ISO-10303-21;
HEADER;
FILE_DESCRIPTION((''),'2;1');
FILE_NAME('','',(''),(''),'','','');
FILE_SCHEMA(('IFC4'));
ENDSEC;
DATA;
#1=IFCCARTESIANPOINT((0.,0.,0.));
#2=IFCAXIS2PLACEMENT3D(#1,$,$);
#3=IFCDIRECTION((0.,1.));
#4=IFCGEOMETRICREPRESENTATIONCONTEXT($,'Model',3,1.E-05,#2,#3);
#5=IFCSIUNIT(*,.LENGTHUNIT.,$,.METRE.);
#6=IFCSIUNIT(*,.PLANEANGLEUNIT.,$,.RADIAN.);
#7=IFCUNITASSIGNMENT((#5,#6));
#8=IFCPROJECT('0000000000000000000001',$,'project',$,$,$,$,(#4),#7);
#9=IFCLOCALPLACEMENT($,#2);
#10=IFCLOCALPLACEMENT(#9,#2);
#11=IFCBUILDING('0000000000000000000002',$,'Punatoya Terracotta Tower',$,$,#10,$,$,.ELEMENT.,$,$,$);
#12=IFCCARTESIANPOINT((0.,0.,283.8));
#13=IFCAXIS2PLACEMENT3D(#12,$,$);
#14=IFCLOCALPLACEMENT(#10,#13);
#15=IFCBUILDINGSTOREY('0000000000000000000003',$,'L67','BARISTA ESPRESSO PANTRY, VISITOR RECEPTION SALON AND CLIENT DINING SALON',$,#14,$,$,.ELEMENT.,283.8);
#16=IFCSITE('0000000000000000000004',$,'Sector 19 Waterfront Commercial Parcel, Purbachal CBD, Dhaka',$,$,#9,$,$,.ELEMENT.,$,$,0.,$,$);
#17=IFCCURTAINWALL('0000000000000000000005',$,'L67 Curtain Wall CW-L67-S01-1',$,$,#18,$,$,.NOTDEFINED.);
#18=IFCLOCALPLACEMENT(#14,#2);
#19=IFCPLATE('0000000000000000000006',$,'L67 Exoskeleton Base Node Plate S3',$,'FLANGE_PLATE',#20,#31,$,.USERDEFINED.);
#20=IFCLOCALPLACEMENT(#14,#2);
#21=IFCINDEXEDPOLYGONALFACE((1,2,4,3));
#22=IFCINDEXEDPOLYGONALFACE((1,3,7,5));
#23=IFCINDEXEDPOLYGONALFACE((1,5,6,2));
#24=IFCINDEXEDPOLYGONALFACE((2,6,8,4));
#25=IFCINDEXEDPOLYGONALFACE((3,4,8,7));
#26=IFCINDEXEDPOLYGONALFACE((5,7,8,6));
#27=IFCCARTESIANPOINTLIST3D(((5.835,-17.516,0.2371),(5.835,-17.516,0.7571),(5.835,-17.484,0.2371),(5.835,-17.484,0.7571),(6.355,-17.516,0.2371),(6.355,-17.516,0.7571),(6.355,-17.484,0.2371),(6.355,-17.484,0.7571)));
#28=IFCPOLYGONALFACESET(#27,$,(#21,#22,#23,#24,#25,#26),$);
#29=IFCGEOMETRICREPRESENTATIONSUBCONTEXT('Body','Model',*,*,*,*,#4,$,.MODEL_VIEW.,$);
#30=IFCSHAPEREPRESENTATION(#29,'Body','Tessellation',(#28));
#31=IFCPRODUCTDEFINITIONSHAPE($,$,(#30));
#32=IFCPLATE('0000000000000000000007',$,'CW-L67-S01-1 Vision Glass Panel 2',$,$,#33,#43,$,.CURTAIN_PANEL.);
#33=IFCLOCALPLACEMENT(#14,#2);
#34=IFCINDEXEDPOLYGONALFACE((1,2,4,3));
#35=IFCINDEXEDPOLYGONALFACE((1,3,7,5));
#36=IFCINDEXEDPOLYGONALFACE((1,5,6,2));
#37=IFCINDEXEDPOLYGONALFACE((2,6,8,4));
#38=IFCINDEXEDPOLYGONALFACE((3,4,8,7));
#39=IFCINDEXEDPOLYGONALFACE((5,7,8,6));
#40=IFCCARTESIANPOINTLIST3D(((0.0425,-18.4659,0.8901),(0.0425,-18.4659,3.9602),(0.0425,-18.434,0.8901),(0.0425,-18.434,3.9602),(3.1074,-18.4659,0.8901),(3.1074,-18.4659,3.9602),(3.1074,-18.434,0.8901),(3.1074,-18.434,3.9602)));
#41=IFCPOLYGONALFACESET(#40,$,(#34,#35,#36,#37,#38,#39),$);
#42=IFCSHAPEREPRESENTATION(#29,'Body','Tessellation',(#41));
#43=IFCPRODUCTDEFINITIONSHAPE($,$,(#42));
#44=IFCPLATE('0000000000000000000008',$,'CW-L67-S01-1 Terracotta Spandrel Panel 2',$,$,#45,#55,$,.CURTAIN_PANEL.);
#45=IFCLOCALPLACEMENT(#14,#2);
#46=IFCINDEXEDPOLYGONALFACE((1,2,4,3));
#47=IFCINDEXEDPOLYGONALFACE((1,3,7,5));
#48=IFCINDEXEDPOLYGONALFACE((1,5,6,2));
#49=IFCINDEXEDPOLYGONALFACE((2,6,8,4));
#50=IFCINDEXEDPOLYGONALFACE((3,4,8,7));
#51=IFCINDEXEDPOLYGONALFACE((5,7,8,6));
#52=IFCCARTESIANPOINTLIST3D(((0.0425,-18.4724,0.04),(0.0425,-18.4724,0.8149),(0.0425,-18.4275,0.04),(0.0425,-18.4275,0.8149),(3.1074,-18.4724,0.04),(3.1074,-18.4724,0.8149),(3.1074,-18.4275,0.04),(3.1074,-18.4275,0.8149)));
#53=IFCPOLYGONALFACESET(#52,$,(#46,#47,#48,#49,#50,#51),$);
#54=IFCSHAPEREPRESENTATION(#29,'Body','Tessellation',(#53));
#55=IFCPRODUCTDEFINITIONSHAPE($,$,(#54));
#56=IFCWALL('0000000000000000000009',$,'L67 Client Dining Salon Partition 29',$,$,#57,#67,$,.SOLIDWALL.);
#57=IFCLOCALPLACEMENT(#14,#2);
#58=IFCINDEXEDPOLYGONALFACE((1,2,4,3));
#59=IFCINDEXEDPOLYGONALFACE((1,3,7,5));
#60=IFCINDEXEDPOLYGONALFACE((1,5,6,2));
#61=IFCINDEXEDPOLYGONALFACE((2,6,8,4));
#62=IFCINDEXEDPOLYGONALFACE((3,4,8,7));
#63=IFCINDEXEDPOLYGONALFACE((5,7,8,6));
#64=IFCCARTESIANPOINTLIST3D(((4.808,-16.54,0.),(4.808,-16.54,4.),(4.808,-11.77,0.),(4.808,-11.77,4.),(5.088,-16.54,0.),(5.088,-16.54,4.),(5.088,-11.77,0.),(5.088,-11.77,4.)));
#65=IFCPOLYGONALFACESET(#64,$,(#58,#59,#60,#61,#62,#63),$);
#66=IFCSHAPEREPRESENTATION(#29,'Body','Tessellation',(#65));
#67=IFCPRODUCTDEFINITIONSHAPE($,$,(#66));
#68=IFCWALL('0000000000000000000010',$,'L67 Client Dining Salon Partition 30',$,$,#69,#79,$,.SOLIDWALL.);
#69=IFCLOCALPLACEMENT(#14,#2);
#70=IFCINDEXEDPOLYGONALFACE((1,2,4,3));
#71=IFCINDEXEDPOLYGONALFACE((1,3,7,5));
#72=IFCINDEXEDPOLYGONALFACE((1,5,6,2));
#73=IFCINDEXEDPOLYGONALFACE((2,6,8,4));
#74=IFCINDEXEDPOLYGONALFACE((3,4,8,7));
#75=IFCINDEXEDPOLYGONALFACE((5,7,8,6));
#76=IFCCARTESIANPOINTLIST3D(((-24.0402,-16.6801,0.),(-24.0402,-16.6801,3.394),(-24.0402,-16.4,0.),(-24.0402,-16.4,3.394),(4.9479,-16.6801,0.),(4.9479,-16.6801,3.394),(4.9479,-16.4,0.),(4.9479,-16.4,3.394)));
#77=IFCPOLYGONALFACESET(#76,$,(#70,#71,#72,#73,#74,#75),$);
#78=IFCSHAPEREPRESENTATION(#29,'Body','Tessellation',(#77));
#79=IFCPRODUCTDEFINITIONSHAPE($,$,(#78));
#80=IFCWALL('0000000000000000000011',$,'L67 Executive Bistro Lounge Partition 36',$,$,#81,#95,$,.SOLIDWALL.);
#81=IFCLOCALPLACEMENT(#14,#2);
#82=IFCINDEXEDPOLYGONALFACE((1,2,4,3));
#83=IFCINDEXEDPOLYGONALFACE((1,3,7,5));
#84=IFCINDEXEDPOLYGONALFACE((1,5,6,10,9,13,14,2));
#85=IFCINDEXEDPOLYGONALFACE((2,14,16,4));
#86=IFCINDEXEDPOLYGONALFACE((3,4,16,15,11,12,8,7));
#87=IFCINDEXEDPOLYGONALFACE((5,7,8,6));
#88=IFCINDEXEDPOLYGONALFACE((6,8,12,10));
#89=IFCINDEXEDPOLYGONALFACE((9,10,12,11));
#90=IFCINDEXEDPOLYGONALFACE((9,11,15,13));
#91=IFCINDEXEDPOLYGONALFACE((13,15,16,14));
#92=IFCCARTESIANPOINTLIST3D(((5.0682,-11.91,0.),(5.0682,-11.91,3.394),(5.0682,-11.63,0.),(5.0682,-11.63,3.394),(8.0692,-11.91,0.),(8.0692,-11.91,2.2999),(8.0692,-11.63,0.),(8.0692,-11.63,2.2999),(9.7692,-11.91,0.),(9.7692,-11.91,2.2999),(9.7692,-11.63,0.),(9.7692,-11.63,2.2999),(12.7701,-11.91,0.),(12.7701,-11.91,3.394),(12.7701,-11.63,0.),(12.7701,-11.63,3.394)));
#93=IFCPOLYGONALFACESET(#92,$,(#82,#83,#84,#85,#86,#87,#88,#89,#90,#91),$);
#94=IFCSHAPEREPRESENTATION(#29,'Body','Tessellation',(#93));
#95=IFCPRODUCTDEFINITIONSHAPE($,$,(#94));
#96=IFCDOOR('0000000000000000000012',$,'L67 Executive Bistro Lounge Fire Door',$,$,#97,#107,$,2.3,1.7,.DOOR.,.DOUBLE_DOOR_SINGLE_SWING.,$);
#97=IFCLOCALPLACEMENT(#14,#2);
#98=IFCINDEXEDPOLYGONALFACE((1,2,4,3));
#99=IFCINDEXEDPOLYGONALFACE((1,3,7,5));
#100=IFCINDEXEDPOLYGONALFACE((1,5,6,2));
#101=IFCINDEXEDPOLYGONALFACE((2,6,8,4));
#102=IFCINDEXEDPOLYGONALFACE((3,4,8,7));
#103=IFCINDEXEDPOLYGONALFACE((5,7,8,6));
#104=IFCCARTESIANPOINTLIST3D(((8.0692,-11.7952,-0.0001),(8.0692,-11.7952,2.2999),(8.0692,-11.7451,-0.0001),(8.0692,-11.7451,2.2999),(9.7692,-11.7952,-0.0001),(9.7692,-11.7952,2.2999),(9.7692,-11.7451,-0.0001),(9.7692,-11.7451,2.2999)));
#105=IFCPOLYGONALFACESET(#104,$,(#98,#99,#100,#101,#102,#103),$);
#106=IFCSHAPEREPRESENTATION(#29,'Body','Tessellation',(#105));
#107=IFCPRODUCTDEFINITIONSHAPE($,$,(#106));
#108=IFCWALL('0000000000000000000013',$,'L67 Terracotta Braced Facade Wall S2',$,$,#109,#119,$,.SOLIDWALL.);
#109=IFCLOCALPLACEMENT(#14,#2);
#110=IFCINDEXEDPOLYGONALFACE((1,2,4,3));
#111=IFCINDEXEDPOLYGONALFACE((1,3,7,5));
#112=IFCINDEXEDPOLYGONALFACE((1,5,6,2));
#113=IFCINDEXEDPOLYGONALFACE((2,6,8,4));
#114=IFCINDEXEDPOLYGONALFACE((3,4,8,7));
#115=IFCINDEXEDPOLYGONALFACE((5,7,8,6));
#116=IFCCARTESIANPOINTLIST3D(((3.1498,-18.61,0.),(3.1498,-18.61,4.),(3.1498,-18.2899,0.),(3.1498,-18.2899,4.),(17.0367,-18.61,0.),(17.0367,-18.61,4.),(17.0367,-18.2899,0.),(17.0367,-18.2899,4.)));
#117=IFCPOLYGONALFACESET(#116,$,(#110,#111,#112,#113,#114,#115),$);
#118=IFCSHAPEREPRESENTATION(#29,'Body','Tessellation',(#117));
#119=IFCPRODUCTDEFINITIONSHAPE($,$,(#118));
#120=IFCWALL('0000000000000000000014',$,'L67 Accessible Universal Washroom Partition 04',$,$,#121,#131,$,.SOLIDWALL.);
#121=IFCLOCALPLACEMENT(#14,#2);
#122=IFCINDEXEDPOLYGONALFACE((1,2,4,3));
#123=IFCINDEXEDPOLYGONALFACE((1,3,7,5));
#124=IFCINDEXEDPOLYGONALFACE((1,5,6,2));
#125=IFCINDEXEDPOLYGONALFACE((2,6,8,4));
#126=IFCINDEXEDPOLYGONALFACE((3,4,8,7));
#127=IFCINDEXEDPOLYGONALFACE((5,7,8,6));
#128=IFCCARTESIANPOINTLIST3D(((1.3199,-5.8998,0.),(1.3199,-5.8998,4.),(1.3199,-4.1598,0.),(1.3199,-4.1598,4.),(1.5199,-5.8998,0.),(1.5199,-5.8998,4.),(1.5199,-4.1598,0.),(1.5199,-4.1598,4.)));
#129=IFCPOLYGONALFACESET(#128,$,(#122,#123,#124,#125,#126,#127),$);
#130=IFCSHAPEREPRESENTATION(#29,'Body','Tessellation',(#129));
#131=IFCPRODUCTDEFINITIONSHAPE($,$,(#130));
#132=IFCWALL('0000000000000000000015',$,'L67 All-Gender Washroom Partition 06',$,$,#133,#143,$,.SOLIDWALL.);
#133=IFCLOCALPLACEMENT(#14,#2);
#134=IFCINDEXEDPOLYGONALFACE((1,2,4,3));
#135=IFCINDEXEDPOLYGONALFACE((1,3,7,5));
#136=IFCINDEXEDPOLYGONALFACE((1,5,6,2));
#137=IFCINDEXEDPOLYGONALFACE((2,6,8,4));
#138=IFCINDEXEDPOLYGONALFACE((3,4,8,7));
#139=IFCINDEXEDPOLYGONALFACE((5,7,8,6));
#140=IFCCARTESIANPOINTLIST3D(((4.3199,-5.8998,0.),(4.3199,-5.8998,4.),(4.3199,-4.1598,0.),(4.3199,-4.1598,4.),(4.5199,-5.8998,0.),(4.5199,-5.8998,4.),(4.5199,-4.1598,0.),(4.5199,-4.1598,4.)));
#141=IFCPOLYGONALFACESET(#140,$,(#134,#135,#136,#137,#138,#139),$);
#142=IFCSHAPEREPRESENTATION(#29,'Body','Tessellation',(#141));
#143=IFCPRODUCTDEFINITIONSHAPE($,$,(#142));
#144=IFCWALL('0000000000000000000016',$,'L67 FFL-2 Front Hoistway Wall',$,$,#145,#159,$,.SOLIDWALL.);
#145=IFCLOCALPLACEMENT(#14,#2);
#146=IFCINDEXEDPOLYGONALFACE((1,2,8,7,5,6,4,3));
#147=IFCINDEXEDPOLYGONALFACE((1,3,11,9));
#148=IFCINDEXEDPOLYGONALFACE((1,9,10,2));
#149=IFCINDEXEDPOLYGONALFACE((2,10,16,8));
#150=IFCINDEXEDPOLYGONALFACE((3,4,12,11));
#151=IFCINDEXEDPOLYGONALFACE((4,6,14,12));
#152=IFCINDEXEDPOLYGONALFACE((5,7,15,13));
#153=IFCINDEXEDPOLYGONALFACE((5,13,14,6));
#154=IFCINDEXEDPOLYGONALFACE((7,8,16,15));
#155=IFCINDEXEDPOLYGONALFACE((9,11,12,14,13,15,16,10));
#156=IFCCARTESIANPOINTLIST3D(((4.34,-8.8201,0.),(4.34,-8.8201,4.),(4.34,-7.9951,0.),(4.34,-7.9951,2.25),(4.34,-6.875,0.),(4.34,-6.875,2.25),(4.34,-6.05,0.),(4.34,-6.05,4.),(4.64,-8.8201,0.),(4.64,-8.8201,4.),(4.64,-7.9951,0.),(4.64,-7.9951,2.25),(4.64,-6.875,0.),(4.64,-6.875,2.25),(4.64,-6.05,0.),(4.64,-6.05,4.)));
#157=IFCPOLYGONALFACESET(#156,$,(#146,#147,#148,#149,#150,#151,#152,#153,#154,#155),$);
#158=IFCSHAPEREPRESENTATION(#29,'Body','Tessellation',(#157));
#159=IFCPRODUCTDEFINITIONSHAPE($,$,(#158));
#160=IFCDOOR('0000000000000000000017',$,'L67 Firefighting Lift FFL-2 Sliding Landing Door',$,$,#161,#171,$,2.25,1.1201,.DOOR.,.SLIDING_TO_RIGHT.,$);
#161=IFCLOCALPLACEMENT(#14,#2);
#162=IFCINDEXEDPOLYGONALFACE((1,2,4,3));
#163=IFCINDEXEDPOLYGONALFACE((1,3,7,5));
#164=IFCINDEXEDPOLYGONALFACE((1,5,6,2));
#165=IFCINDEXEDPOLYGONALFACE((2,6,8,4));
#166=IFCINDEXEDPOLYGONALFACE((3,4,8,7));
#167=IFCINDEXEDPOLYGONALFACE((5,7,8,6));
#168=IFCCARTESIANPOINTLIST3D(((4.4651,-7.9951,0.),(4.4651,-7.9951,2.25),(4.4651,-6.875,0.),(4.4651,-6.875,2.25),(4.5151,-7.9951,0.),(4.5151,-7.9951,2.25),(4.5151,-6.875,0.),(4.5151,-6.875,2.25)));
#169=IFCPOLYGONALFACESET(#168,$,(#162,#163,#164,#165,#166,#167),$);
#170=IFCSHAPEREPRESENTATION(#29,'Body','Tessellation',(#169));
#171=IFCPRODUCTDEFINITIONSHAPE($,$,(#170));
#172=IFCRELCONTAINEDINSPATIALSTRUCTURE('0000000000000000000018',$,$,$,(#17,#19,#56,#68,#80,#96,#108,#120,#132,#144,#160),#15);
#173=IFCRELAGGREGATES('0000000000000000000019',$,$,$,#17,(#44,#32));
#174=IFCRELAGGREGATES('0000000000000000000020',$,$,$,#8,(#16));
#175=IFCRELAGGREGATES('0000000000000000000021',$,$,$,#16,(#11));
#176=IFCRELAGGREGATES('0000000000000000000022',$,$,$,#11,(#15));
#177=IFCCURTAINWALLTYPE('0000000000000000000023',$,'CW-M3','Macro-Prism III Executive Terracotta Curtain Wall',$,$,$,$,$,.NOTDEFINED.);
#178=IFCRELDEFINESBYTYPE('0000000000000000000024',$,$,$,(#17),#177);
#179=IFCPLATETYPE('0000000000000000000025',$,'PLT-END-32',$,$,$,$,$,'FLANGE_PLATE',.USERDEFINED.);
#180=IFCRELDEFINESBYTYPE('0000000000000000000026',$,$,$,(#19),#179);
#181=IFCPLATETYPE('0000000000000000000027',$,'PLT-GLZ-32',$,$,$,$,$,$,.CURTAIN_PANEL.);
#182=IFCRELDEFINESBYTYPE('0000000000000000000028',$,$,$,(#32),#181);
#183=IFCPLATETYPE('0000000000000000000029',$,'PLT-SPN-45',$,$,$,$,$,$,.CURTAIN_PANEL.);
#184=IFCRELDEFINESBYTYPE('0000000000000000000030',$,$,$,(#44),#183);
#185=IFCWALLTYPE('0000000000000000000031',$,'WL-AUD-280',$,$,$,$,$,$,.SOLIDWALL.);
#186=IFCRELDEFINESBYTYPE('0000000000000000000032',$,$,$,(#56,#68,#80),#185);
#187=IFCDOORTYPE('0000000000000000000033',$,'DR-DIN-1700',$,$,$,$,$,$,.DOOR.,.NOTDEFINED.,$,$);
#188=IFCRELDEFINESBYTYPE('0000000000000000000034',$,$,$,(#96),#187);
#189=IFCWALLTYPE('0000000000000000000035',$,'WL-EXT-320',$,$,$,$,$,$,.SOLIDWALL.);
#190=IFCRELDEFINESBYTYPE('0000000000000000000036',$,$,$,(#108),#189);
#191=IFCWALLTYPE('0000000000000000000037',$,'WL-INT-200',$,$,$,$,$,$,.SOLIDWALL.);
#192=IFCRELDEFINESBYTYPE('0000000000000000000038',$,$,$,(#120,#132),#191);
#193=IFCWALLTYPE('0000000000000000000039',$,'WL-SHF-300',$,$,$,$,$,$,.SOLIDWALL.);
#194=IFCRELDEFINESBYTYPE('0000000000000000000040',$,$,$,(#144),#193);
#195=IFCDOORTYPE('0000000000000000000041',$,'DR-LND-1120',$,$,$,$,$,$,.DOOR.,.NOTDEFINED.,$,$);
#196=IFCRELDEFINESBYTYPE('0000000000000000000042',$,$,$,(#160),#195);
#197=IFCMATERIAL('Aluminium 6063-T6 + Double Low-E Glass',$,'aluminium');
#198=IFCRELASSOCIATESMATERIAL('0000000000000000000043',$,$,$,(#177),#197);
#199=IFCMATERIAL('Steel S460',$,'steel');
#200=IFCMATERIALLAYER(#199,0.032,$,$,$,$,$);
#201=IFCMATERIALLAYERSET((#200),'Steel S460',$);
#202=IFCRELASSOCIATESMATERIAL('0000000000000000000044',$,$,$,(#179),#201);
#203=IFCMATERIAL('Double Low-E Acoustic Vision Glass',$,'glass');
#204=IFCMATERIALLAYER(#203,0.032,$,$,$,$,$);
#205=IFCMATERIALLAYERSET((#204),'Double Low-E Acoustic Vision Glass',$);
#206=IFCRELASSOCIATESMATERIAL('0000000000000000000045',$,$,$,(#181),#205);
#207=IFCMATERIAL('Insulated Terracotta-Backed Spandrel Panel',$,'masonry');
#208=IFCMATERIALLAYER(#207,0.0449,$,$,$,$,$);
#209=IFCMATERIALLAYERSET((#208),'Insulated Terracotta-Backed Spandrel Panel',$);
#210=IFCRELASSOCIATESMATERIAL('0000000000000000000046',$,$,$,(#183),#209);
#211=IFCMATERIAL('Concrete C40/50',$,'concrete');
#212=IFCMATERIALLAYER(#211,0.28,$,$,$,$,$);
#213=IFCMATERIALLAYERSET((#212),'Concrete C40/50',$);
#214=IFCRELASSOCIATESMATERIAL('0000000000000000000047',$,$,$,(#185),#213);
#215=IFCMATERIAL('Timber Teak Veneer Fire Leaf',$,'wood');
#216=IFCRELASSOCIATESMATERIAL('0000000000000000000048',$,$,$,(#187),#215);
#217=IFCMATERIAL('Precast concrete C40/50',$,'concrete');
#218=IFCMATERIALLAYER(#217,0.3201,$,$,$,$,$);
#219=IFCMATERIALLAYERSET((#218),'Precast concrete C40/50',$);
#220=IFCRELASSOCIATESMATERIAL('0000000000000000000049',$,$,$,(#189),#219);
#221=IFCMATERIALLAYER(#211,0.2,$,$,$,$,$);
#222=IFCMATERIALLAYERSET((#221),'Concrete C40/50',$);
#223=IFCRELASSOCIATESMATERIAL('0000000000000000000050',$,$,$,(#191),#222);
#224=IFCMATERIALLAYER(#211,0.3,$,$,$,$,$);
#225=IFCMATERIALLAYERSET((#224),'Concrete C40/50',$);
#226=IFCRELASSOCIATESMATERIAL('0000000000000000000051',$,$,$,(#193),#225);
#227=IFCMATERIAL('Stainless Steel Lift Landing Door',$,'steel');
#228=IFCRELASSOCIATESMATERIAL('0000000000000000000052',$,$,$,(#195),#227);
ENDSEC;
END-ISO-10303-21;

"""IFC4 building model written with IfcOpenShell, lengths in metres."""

from ifc_helpers import new_model, si_unit, direction, frame, frame_2d, origin, origin_2d, place, context, subcontext, project, spatial, rectangle, extrude, material, layer, layer_set, type_object, element, fill, aggregate, save


model = new_model("IFC4")

# Units and contexts
model_context = context("Model", 3, precision=1e-05, world=origin(), true_north=direction((0.0, 1.0)))
body_context = subcontext(model_context, "Body", "Model", "MODEL_VIEW")
ifc_project = project(units=[si_unit("LENGTHUNIT", "METRE"), si_unit("PLANEANGLEUNIT", "RADIAN")], contexts=[model_context])

# Site, building, storey
site_placement = place(None, origin())
site = spatial("IfcSite", under=ifc_project, at=site_placement, Name="Sector 19 Waterfront Commercial Parcel, Purbachal CBD, Dhaka", CompositionType="ELEMENT", RefElevation=0.0)
building_placement = place(site_placement, origin())
building = spatial("IfcBuilding", under=site, at=building_placement, Name="Punatoya Terracotta Tower", CompositionType="ELEMENT")
storey_placement = place(building_placement, frame((0.0, 0.0, 283.8)))
storey = spatial("IfcBuildingStorey", under=building, at=storey_placement, Name="L67", Description="BARISTA ESPRESSO PANTRY, VISITOR RECEPTION SALON AND CLIENT DINING SALON", CompositionType="ELEMENT", Elevation=283.8)

# Shared definitions
ifc_material_1 = material(Name="Steel S460", Category="steel")

# Curtain wall
ifc_material_2 = material(Name="Aluminium 6063-T6 + Double Low-E Glass", Category="aluminium")
curtain_wall_type = type_object("IfcCurtainWallType", Name="CW-M3", Description="Macro-Prism III Executive Terracotta Curtain Wall", PredefinedType="NOTDEFINED", material=ifc_material_2)
curtain_wall_placement = place(storey_placement, origin())
curtain_wall = element("IfcCurtainWall", 1, at=curtain_wall_placement, inside=storey, type_object=curtain_wall_type, Name="L67 Curtain Wall CW-L67-S01-1", PredefinedType="NOTDEFINED")

# Plates
ifc_layer_1 = layer(ifc_material_1, 0.032)
ifc_layer_set_1 = layer_set([ifc_layer_1], Name="Steel S460")
plate_type_1 = type_object("IfcPlateType", Name="PLT-END-32", ElementType="FLANGE_PLATE", PredefinedType="USERDEFINED", material=ifc_layer_set_1)
plate_1_placement = place(storey_placement, frame((6.095, -17.5, 0.2371), z_axis=(0.0, 0.0, 1.0), x_axis=(1.0, 0.0, 0.0)))
element("IfcPlate", 2, at=plate_1_placement, inside=storey, type_object=plate_type_1, Name="L67 Exoskeleton Base Node Plate S3", ObjectType="FLANGE_PLATE", PredefinedType="USERDEFINED", context=body_context, shape_type="SweptSolid", body=[
    extrude(rectangle(XDim=0.52, YDim=0.032, at=origin_2d()), origin(), (0.0, 0.0, 1.0), 0.52),
])
ifc_material_3 = material(Name="Double Low-E Acoustic Vision Glass", Category="glass")
ifc_layer_2 = layer(ifc_material_3, 0.032)
ifc_layer_set_2 = layer_set([ifc_layer_2], Name="Double Low-E Acoustic Vision Glass")
plate_type_2 = type_object("IfcPlateType", Name="PLT-GLZ-32", PredefinedType="CURTAIN_PANEL", material=ifc_layer_set_2)
plate_2_placement = place(storey_placement, frame((1.575, -18.45, 0.8901), z_axis=(0.0, 0.0, 1.0), x_axis=(1.0, 0.0, 0.0)))
plate_2 = element("IfcPlate", 3, at=plate_2_placement, type_object=plate_type_2, Name="CW-L67-S01-1 Vision Glass Panel 2", PredefinedType="CURTAIN_PANEL", context=body_context, shape_type="SweptSolid", body=[
    extrude(rectangle(XDim=3.0649, YDim=0.032, at=origin_2d()), origin(), (0.0, 0.0, 1.0), 3.0701),
])
ifc_material_4 = material(Name="Insulated Terracotta-Backed Spandrel Panel", Category="masonry")
ifc_layer_3 = layer(ifc_material_4, 0.0449)
ifc_layer_set_3 = layer_set([ifc_layer_3], Name="Insulated Terracotta-Backed Spandrel Panel")
plate_type_3 = type_object("IfcPlateType", Name="PLT-SPN-45", PredefinedType="CURTAIN_PANEL", material=ifc_layer_set_3)
plate_3_placement = place(storey_placement, frame((1.575, -18.45, 0.04), z_axis=(0.0, 0.0, 1.0), x_axis=(1.0, 0.0, 0.0)))
plate_3 = element("IfcPlate", 4, at=plate_3_placement, type_object=plate_type_3, Name="CW-L67-S01-1 Terracotta Spandrel Panel 2", PredefinedType="CURTAIN_PANEL", context=body_context, shape_type="SweptSolid", body=[
    extrude(rectangle(XDim=3.0649, YDim=0.0449, at=origin_2d()), origin(), (0.0, 0.0, 1.0), 0.7749),
])
aggregate(curtain_wall, [plate_3, plate_2])

# Walls
ifc_material_5 = material(Name="Concrete C40/50", Category="concrete")
ifc_layer_4 = layer(ifc_material_5, 0.28)
ifc_layer_set_4 = layer_set([ifc_layer_4], Name="Concrete C40/50")
wall_type_1 = type_object("IfcWallType", Name="WL-AUD-280", PredefinedType="SOLIDWALL", material=ifc_layer_set_4)
wall_1_placement = place(storey_placement, frame((4.948, -11.77, 0.0), z_axis=(0.0, 0.0, 1.0), x_axis=(0.0, -1.0, 0.0)))
element("IfcWall", 5, at=wall_1_placement, inside=storey, type_object=wall_type_1, Name="L67 Client Dining Salon Partition 29", PredefinedType="SOLIDWALL", context=body_context, shape_type="SweptSolid", body=[
    extrude(rectangle(XDim=4.77, YDim=0.28, at=frame_2d((2.385, 0.0))), origin(), (0.0, 0.0, 1.0), 4.0),
])
wall_2_placement = place(storey_placement, frame((4.948, -16.54, 0.0), z_axis=(0.0, 0.0, 1.0), x_axis=(-1.0, 0.0, 0.0)))
element("IfcWall", 6, at=wall_2_placement, inside=storey, type_object=wall_type_1, Name="L67 Client Dining Salon Partition 30", PredefinedType="SOLIDWALL", context=body_context, shape_type="SweptSolid", body=[
    extrude(rectangle(XDim=28.988, YDim=0.28, at=frame_2d((14.4941, 0.0))), origin(), (0.0, 0.0, 1.0), 3.394),
])

# Wall, opening, door
wall_3_placement = place(storey_placement, frame((5.0681, -11.77, 0.0), z_axis=(0.0, 0.0, 1.0), x_axis=(1.0, 0.0, 0.0)))
wall_3 = element("IfcWall", 7, at=wall_3_placement, inside=storey, type_object=wall_type_1, Name="L67 Executive Bistro Lounge Partition 36", PredefinedType="SOLIDWALL", context=body_context, shape_type="SweptSolid", body=[
    extrude(rectangle(XDim=7.7019, YDim=0.28, at=frame_2d((3.8511, 0.0))), origin(), (0.0, 0.0, 1.0), 3.394),
])
opening_1_placement = place(wall_3_placement, frame((3.001, 0.0, 0.0)))
opening_1 = element("IfcOpeningElement", 8, at=opening_1_placement, cuts=wall_3, PredefinedType="OPENING", context=body_context, shape_type="SweptSolid", body=[
    extrude(rectangle(XDim=1.7, YDim=2.3, at=frame_2d((0.8501, 1.1499))), frame((0.0, 0.1499, 0.0), z_axis=(0.0, -1.0, 0.0), x_axis=(1.0, 0.0, 0.0)), (0.0, 0.0, 1.0), 0.3),
])
ifc_material_6 = material(Name="Timber Teak Veneer Fire Leaf", Category="wood")
door_type_1 = type_object("IfcDoorType", Name="DR-DIN-1700", OperationType="NOTDEFINED", PredefinedType="DOOR", material=ifc_material_6)
door_1_placement = place(opening_1_placement, origin())
door_1 = element("IfcDoor", 9, at=door_1_placement, inside=storey, type_object=door_type_1, Name="L67 Executive Bistro Lounge Fire Door", OperationType="DOUBLE_DOOR_SINGLE_SWING", OverallHeight=2.3, OverallWidth=1.7, PredefinedType="DOOR", context=body_context, shape_type="SweptSolid", body=[
    extrude(rectangle(XDim=1.7, YDim=2.3, at=frame_2d((0.8501, 1.1499))), frame((0.0, 0.0249, 0.0), z_axis=(0.0, -1.0, 0.0), x_axis=(1.0, 0.0, 0.0)), (0.0, 0.0, 1.0), 0.05),
])
fill(opening_1, door_1)

# Walls
ifc_material_7 = material(Name="Precast concrete C40/50", Category="concrete")
ifc_layer_5 = layer(ifc_material_7, 0.3201)
ifc_layer_set_5 = layer_set([ifc_layer_5], Name="Precast concrete C40/50")
wall_type_2 = type_object("IfcWallType", Name="WL-EXT-320", PredefinedType="SOLIDWALL", material=ifc_layer_set_5)
wall_4_placement = place(storey_placement, frame((3.1499, -18.45, 0.0), z_axis=(0.0, 0.0, 1.0), x_axis=(1.0, 0.0, 0.0)))
element("IfcWall", 10, at=wall_4_placement, inside=storey, type_object=wall_type_2, Name="L67 Terracotta Braced Facade Wall S2", PredefinedType="SOLIDWALL", context=body_context, shape_type="SweptSolid", body=[
    extrude(rectangle(XDim=13.887, YDim=0.3201, at=frame_2d((6.9434, 0.0))), origin(), (0.0, 0.0, 1.0), 4.0),
])
ifc_layer_6 = layer(ifc_material_5, 0.2)
ifc_layer_set_6 = layer_set([ifc_layer_6], Name="Concrete C40/50")
wall_type_3 = type_object("IfcWallType", Name="WL-INT-200", PredefinedType="SOLIDWALL", material=ifc_layer_set_6)
wall_5_placement = place(storey_placement, frame((1.4199, -5.8999, 0.0), z_axis=(0.0, 0.0, 1.0), x_axis=(0.0, 1.0, 0.0)))
element("IfcWall", 11, at=wall_5_placement, inside=storey, type_object=wall_type_3, Name="L67 Accessible Universal Washroom Partition 04", PredefinedType="SOLIDWALL", context=body_context, shape_type="SweptSolid", body=[
    extrude(rectangle(XDim=1.74, YDim=0.2, at=frame_2d((0.8701, 0.0))), origin(), (0.0, 0.0, 1.0), 4.0),
])

# Wall
wall_6_placement = place(storey_placement, frame((4.4199, -5.8999, 0.0), z_axis=(0.0, 0.0, 1.0), x_axis=(0.0, 1.0, 0.0)))
element("IfcWall", 12, at=wall_6_placement, inside=storey, type_object=wall_type_3, Name="L67 All-Gender Washroom Partition 06", PredefinedType="SOLIDWALL", context=body_context, shape_type="SweptSolid", body=[
    extrude(rectangle(XDim=1.74, YDim=0.2, at=frame_2d((0.8701, 0.0))), origin(), (0.0, 0.0, 1.0), 4.0),
])

# Wall, opening, door
ifc_layer_7 = layer(ifc_material_5, 0.3)
ifc_layer_set_7 = layer_set([ifc_layer_7], Name="Concrete C40/50")
wall_type_4 = type_object("IfcWallType", Name="WL-SHF-300", PredefinedType="SOLIDWALL", material=ifc_layer_set_7)
wall_7_placement = place(storey_placement, frame((4.49, -8.8201, 0.0), z_axis=(0.0, 0.0, 1.0), x_axis=(0.0, 1.0, 0.0)))
wall_7 = element("IfcWall", 13, at=wall_7_placement, inside=storey, type_object=wall_type_4, Name="L67 FFL-2 Front Hoistway Wall", PredefinedType="SOLIDWALL", context=body_context, shape_type="SweptSolid", body=[
    extrude(rectangle(XDim=2.77, YDim=0.3, at=frame_2d((1.385, 0.0))), origin(), (0.0, 0.0, 1.0), 4.0),
])
opening_2_placement = place(wall_7_placement, frame((0.825, 0.0, 0.0)))
opening_2 = element("IfcOpeningElement", 14, at=opening_2_placement, cuts=wall_7, PredefinedType="OPENING", context=body_context, shape_type="SweptSolid", body=[
    extrude(rectangle(XDim=1.1201, YDim=2.25, at=frame_2d((0.5601, 1.125))), frame((0.0, 0.1599, 0.0), z_axis=(0.0, -1.0, 0.0), x_axis=(1.0, 0.0, 0.0)), (0.0, 0.0, 1.0), 0.3201),
])
ifc_material_8 = material(Name="Stainless Steel Lift Landing Door", Category="steel")
door_type_2 = type_object("IfcDoorType", Name="DR-LND-1120", OperationType="NOTDEFINED", PredefinedType="DOOR", material=ifc_material_8)
door_2_placement = place(opening_2_placement, origin())
door_2 = element("IfcDoor", 15, at=door_2_placement, inside=storey, type_object=door_type_2, Name="L67 Firefighting Lift FFL-2 Sliding Landing Door", OperationType="SLIDING_TO_RIGHT", OverallHeight=2.25, OverallWidth=1.1201, PredefinedType="DOOR", context=body_context, shape_type="SweptSolid", body=[
    extrude(rectangle(XDim=1.1201, YDim=2.25, at=frame_2d((0.5601, 1.125))), frame((0.0, 0.0249, 0.0), z_axis=(0.0, -1.0, 0.0), x_axis=(1.0, 0.0, 0.0)), (0.0, 0.0, 1.0), 0.05),
])
fill(opening_2, door_2)

save(model, "model.ifc")
